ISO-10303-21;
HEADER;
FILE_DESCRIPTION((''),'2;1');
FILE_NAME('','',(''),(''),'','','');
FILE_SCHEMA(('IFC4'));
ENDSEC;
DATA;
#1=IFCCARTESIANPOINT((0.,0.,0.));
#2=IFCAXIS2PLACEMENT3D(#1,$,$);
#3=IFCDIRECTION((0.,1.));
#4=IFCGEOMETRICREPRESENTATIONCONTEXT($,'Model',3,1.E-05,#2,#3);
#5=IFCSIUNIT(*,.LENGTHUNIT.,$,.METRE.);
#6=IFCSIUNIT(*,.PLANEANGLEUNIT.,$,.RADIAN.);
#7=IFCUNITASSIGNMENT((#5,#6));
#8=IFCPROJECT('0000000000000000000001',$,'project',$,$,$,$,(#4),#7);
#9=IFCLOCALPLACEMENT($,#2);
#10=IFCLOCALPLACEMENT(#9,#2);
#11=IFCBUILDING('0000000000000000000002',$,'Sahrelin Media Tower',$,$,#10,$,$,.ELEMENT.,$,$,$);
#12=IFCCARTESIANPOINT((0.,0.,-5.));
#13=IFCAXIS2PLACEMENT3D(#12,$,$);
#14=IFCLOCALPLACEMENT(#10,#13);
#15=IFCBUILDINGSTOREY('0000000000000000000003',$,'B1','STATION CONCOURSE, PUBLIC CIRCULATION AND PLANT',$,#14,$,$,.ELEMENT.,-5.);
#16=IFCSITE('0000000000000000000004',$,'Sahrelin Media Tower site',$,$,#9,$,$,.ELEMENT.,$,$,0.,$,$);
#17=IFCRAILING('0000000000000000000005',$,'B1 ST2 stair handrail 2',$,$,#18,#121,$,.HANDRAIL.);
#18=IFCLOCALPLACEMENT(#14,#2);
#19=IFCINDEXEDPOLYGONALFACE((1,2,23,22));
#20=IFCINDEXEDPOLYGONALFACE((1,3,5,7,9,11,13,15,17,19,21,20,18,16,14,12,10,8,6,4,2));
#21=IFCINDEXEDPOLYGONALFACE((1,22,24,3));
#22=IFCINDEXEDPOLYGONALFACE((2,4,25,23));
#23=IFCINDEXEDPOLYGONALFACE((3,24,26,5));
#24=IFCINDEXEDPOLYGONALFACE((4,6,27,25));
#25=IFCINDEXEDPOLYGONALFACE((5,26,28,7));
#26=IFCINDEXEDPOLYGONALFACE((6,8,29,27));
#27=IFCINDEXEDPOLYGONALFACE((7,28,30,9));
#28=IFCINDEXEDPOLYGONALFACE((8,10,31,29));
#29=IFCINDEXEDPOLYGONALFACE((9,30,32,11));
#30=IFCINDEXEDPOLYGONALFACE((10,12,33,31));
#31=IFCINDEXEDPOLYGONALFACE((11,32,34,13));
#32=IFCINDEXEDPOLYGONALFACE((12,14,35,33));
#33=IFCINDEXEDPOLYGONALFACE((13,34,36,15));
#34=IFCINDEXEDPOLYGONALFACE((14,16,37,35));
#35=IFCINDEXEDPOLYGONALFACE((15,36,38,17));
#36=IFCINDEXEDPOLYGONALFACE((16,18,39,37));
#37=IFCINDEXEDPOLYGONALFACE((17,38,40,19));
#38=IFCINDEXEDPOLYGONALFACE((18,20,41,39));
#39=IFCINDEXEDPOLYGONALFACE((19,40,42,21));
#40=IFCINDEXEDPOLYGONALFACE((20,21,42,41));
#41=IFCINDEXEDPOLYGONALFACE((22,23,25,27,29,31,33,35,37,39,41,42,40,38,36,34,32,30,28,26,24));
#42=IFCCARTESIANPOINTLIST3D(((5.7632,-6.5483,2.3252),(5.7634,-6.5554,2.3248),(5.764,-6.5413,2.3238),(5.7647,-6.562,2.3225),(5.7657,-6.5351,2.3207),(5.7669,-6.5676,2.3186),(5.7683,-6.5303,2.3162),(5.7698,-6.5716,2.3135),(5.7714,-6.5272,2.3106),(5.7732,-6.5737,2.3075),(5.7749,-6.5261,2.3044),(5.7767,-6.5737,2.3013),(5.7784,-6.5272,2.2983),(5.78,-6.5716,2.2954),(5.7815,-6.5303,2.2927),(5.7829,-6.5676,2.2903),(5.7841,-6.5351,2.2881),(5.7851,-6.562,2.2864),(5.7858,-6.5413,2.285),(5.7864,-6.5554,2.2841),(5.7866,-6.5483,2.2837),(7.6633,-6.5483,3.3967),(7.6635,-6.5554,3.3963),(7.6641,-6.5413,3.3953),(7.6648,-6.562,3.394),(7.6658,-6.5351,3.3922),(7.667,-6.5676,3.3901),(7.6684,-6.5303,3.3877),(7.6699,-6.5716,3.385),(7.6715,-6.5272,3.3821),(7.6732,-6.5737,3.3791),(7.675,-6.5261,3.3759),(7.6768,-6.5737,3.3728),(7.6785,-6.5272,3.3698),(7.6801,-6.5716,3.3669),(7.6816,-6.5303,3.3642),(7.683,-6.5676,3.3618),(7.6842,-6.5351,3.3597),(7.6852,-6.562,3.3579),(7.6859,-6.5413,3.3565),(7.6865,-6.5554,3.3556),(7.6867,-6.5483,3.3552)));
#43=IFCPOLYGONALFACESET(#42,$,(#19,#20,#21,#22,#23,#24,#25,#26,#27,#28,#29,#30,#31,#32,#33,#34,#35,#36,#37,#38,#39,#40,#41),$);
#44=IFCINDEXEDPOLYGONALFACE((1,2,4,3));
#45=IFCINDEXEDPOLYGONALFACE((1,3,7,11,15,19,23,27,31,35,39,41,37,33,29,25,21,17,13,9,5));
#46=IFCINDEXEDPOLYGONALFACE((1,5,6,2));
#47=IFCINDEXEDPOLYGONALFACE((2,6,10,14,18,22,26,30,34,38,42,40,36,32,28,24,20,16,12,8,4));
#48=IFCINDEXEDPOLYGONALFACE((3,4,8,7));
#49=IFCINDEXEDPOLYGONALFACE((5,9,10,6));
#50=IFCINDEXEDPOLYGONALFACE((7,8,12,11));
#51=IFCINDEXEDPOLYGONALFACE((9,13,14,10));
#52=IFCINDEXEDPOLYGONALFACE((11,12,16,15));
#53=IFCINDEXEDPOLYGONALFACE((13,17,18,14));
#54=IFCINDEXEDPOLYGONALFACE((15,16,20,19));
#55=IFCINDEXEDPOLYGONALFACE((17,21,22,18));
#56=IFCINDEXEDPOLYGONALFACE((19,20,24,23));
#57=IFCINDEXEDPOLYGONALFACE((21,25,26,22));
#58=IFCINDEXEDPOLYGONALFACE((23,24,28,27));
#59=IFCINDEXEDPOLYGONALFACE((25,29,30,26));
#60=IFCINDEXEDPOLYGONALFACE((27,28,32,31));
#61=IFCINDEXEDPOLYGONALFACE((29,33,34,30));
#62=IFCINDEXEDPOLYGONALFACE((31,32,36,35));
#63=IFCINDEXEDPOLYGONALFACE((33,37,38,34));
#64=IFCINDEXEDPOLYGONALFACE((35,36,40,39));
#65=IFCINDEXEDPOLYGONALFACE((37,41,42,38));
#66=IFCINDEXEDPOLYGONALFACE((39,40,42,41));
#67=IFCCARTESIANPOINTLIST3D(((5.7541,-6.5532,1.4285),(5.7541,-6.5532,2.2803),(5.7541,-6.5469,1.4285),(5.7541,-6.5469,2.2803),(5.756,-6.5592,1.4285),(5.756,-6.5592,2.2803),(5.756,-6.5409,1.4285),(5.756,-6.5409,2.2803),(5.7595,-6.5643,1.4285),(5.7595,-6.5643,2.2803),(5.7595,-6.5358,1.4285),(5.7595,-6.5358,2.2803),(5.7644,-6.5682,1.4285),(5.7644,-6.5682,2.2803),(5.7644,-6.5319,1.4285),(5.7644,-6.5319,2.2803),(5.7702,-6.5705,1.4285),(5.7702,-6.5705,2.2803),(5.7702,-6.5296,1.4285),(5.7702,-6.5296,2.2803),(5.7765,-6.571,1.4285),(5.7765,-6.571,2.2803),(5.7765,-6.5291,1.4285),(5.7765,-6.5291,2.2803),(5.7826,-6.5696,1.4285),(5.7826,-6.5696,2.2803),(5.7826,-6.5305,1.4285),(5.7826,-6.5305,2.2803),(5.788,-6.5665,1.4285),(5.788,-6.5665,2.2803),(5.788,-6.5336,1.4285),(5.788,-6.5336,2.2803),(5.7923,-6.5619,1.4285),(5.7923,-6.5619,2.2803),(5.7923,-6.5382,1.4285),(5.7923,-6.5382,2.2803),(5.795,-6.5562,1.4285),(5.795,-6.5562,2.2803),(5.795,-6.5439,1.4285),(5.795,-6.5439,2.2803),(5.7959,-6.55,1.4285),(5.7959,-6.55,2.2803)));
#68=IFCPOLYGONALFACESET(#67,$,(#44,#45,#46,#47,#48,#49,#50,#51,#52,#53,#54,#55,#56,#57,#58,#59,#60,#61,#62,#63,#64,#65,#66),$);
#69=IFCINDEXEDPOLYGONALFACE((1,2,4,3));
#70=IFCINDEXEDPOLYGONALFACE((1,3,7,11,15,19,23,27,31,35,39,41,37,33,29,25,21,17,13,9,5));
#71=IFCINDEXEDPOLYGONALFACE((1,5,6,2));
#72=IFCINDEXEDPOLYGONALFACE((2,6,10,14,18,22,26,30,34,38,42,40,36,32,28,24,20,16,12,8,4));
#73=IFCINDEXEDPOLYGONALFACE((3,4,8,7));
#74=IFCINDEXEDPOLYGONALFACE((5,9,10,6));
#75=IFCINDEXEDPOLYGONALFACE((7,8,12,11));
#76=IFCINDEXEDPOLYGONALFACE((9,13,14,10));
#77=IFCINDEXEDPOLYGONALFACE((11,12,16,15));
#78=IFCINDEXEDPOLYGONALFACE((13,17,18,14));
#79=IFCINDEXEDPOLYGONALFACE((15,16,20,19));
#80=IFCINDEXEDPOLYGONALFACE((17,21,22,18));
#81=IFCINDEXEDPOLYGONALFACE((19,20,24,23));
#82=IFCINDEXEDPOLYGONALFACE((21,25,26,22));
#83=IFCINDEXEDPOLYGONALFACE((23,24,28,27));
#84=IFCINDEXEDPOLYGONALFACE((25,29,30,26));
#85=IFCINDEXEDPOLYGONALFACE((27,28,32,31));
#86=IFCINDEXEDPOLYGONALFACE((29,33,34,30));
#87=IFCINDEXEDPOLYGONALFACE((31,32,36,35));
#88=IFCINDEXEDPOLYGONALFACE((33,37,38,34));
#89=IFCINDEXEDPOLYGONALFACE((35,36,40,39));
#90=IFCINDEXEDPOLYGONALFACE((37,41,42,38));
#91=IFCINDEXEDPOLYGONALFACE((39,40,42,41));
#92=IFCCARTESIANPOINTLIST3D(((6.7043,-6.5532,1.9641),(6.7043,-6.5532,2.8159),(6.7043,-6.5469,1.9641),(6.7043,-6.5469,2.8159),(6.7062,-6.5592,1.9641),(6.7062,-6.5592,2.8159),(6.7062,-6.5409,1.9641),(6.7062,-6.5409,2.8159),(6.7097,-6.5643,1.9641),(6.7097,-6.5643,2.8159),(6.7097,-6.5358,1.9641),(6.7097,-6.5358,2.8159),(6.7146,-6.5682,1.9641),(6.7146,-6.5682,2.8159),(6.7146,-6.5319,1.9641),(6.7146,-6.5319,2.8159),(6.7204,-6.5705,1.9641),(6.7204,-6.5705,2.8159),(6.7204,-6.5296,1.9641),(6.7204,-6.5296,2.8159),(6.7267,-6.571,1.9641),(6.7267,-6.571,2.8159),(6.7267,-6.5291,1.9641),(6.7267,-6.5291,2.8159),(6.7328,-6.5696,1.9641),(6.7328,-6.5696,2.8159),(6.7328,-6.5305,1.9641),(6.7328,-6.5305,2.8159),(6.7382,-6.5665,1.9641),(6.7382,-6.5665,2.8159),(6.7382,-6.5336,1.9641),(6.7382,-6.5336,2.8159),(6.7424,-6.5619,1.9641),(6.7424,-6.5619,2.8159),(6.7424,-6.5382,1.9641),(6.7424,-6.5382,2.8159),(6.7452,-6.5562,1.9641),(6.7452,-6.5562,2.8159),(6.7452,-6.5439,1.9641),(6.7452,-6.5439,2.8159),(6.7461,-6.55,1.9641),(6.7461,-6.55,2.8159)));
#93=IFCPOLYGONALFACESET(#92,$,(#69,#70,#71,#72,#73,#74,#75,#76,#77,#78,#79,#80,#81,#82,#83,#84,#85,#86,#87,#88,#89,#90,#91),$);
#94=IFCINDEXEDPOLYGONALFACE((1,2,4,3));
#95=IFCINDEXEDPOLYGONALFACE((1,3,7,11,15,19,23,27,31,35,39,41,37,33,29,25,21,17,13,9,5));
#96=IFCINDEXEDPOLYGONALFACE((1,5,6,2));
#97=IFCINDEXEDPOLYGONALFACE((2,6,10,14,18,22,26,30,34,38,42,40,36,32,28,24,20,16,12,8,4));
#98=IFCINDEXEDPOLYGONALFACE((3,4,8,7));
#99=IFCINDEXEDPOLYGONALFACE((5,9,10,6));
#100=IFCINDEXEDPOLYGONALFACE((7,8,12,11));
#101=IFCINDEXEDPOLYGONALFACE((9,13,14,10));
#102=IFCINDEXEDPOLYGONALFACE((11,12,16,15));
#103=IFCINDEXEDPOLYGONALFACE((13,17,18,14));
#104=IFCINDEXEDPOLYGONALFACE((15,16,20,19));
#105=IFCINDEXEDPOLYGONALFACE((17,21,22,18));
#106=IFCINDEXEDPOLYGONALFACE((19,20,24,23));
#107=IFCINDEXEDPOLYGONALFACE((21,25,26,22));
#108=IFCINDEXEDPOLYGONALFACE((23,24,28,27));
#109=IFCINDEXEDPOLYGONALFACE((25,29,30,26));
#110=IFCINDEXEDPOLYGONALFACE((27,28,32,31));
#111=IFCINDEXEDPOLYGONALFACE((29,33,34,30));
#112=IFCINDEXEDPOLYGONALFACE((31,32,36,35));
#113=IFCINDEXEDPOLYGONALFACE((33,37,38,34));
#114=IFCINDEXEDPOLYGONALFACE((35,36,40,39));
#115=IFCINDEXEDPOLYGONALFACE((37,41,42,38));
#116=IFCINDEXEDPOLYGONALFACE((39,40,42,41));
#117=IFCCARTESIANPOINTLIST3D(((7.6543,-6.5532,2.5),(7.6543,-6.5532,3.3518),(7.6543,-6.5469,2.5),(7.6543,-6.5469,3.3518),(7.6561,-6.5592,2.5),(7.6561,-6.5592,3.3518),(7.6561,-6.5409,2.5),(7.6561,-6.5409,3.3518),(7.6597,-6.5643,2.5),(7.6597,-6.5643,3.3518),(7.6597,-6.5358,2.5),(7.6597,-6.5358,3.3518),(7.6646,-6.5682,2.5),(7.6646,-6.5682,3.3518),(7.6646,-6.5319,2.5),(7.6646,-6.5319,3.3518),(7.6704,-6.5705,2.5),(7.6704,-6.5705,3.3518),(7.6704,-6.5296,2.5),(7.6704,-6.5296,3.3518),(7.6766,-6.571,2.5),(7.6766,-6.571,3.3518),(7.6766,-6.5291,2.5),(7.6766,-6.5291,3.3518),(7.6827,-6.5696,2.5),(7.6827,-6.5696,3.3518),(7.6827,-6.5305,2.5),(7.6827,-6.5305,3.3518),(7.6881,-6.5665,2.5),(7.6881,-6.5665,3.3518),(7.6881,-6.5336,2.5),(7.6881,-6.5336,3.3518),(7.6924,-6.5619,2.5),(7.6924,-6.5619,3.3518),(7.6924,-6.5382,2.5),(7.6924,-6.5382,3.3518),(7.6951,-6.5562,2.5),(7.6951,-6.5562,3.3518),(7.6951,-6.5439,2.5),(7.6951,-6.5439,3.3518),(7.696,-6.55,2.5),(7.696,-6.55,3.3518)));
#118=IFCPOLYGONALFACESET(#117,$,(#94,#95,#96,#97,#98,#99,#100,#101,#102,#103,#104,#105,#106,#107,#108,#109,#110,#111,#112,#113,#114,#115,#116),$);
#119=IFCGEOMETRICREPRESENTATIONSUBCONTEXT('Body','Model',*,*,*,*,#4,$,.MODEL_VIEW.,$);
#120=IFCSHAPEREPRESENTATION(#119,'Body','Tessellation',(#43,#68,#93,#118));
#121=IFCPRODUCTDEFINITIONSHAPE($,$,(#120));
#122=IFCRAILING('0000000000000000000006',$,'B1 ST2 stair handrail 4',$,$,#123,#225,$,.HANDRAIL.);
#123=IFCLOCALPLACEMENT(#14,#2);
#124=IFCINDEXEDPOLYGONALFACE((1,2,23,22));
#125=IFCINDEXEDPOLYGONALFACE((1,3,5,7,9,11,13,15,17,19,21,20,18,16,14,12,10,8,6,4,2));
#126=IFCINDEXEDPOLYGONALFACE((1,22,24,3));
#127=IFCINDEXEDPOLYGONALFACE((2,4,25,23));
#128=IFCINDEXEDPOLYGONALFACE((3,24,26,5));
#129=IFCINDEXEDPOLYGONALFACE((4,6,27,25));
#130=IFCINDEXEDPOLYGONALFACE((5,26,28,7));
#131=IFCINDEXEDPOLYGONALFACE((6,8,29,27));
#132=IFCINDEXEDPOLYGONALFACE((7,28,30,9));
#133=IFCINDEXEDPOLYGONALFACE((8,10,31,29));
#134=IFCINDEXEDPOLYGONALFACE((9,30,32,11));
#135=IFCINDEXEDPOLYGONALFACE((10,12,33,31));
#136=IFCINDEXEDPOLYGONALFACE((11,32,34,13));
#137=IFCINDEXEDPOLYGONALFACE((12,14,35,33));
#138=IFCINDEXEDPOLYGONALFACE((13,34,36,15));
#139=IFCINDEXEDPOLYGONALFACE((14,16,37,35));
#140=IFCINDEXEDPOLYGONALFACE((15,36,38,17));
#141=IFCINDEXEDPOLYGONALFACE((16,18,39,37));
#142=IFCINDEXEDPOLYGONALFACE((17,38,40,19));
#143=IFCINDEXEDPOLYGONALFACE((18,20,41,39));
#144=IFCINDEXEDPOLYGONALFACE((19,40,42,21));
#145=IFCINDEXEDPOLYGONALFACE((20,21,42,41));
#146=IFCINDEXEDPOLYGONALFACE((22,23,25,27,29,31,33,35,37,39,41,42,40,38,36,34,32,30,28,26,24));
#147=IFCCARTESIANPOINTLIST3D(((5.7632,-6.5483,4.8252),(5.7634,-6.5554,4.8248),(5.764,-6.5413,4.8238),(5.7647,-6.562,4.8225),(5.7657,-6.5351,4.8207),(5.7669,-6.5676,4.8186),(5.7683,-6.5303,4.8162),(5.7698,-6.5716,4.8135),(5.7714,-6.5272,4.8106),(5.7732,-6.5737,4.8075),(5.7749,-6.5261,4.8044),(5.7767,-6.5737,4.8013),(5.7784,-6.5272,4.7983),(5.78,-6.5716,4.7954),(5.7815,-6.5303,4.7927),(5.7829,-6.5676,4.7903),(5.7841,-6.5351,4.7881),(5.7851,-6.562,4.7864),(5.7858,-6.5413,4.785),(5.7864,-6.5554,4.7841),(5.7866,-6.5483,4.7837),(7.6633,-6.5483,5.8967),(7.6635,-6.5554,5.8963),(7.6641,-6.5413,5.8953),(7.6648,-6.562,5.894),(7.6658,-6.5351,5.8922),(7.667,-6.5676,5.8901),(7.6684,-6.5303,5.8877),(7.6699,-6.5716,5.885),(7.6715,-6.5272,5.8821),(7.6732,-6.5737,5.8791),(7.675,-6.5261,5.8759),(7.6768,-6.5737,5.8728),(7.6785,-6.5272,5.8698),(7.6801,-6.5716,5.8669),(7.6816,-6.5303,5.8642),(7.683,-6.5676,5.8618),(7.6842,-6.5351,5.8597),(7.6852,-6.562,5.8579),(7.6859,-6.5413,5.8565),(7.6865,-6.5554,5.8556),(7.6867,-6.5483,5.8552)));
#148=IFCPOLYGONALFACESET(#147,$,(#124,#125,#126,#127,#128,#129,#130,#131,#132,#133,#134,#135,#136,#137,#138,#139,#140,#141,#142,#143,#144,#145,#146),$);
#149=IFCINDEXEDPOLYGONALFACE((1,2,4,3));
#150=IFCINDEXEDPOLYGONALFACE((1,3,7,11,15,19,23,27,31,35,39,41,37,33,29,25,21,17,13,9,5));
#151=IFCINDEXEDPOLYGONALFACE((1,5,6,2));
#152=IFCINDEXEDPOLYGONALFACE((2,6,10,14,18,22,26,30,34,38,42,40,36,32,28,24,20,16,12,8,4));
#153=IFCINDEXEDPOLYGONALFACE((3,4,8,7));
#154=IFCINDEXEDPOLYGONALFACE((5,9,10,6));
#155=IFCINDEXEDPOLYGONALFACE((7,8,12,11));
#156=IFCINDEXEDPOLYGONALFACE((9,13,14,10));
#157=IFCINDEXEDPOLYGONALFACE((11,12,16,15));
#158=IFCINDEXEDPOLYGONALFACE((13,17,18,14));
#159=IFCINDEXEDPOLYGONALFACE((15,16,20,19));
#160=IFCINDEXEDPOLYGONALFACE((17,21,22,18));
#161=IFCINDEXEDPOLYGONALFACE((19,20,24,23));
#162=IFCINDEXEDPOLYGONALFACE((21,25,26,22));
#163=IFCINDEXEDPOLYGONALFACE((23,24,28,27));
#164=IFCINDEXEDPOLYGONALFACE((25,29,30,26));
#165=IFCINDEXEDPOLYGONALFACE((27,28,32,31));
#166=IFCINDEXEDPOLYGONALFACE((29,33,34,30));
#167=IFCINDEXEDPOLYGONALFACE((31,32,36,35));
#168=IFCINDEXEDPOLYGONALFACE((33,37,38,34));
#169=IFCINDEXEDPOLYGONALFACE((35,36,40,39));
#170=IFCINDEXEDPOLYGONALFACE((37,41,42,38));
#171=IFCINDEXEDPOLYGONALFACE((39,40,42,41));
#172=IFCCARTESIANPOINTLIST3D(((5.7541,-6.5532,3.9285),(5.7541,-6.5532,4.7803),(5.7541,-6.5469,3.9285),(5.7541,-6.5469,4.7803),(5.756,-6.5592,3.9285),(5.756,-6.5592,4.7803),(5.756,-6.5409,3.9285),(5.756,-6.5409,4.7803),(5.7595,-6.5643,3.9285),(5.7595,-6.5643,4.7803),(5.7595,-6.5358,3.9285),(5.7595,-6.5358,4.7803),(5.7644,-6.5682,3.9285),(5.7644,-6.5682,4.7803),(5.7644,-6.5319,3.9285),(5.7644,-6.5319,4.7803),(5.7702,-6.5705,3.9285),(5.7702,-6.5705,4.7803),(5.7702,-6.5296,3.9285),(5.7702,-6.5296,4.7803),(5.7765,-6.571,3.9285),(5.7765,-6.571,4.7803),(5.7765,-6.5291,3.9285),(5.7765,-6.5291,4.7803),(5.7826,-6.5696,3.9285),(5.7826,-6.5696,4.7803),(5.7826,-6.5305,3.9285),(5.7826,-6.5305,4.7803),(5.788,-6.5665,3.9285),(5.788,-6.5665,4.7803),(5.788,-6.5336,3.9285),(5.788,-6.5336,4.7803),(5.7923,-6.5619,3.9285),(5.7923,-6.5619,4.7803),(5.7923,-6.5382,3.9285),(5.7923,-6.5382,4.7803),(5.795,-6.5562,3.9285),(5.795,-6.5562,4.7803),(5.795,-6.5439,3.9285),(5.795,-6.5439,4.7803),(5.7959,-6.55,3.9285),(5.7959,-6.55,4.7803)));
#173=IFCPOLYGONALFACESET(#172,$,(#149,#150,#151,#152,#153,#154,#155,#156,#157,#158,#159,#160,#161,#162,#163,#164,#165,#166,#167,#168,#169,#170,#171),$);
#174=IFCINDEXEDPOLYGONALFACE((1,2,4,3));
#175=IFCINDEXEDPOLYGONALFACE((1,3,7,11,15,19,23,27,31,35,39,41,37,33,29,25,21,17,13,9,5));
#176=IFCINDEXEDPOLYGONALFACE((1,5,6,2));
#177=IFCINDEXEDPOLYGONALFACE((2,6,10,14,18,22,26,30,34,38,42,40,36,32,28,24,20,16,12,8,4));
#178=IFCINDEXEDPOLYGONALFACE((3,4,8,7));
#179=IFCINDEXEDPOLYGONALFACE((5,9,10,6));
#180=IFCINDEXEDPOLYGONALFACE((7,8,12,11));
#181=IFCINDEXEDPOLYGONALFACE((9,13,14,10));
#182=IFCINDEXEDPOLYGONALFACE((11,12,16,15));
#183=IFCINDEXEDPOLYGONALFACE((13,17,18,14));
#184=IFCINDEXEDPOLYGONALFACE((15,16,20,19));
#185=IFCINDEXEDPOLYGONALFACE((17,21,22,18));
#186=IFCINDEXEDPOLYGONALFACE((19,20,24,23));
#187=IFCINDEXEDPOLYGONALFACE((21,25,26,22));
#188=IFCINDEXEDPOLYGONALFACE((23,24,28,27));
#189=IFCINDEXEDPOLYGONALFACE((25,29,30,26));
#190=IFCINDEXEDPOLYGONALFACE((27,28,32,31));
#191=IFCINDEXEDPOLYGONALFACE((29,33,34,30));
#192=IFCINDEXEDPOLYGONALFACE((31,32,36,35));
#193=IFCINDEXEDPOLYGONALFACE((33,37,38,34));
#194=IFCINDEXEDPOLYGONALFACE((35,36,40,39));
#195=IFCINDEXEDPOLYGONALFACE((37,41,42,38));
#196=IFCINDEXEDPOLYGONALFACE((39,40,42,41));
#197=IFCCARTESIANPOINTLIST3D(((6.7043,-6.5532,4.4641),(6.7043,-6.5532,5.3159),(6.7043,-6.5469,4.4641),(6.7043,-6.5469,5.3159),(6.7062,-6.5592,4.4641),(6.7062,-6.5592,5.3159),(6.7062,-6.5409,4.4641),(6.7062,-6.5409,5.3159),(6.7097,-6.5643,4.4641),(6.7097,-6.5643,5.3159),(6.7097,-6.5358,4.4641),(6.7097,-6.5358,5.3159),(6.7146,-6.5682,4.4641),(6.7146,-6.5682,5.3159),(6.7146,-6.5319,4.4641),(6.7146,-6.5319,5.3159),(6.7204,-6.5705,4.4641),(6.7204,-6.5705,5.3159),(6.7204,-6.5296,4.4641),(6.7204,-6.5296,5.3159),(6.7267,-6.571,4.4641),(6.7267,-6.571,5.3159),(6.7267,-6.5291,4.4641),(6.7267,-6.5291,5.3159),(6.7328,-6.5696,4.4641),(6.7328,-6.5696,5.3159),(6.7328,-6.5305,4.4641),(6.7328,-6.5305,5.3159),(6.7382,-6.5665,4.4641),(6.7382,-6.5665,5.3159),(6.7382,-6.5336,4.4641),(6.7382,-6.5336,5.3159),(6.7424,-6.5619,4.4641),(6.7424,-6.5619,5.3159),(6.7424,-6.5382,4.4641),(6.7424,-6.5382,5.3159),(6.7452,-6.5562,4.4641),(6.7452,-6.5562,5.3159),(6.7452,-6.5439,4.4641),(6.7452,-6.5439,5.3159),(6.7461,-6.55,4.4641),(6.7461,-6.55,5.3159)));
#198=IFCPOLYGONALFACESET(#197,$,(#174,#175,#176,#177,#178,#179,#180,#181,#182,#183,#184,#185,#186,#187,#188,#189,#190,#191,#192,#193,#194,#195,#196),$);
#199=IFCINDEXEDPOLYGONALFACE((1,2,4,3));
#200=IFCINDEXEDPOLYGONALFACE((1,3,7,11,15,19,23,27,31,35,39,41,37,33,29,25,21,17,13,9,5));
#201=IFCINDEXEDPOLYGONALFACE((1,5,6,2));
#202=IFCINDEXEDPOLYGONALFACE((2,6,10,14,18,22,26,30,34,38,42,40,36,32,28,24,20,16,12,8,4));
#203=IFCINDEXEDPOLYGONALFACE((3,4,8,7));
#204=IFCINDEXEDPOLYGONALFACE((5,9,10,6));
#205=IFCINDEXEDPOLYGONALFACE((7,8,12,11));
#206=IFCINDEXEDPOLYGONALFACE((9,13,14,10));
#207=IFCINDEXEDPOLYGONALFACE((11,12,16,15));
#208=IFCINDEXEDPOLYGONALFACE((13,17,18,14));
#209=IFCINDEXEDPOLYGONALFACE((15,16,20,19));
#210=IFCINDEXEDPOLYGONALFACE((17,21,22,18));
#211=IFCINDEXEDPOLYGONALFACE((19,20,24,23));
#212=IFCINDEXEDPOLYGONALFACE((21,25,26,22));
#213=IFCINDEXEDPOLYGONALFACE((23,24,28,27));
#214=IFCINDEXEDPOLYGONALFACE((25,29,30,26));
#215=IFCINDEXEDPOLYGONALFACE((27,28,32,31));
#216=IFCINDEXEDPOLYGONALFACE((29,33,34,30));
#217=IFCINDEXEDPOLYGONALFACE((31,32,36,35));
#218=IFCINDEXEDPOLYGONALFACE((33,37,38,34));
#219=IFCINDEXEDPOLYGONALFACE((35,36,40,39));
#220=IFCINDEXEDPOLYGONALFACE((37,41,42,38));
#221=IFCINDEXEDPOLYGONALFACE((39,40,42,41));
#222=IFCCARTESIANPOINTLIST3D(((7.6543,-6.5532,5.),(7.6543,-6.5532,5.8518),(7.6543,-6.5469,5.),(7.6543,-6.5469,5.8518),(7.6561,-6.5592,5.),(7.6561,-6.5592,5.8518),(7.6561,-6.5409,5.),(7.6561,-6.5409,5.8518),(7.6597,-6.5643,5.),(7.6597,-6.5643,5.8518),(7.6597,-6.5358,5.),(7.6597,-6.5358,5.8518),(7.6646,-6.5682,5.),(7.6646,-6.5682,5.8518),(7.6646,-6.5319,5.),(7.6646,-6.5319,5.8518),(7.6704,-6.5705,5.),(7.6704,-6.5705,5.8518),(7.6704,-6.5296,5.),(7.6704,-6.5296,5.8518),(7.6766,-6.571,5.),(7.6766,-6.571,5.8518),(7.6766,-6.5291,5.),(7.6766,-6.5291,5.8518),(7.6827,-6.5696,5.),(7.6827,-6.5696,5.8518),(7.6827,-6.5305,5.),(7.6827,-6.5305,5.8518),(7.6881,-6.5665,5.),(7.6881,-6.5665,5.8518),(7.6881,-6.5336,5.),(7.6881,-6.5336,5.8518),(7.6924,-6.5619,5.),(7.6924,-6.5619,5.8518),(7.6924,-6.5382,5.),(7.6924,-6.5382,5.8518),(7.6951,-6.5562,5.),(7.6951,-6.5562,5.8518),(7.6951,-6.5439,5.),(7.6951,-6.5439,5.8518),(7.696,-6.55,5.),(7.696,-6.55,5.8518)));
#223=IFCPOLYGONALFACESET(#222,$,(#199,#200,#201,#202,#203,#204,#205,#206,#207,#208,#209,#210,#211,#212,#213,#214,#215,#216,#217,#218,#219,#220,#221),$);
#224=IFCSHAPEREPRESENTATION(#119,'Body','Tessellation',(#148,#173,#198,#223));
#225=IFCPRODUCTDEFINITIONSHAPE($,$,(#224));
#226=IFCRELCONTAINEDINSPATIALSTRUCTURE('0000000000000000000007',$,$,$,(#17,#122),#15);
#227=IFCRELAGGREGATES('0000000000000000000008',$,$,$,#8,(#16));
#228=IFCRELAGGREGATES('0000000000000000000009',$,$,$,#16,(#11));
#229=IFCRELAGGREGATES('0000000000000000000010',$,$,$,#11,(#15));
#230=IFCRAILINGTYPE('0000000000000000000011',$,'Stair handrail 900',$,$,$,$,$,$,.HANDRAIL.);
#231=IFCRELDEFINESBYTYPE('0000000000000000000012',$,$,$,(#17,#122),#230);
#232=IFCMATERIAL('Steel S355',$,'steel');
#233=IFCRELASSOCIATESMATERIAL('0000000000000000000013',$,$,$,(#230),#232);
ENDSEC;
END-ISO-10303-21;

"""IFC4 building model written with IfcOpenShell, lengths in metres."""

from ifc_helpers import new_model, si_unit, direction, frame, origin, origin_2d, place, context, subcontext, project, spatial, circle, extrude, material, type_object, element, save


model = new_model("IFC4")

# Units and contexts
model_context = context("Model", 3, precision=1e-05, world=origin(), true_north=direction((0.0, 1.0)))
body_context = subcontext(model_context, "Body", "Model", "MODEL_VIEW")
ifc_project = project(units=[si_unit("LENGTHUNIT", "METRE"), si_unit("PLANEANGLEUNIT", "RADIAN")], contexts=[model_context])

# Site, building, storey
site_placement = place(None, origin())
site = spatial("IfcSite", under=ifc_project, at=site_placement, Name="Sahrelin Media Tower site", CompositionType="ELEMENT", RefElevation=0.0)
building_placement = place(site_placement, origin())
building = spatial("IfcBuilding", under=site, at=building_placement, Name="Sahrelin Media Tower", CompositionType="ELEMENT")
storey_placement = place(building_placement, frame((0.0, 0.0, -5.0)))
storey = spatial("IfcBuildingStorey", under=building, at=storey_placement, Name="B1", Description="STATION CONCOURSE, PUBLIC CIRCULATION AND PLANT", CompositionType="ELEMENT", Elevation=-5.0)

# Railings
ifc_material_1 = material(Name="Steel S355", Category="steel")
railing_type_1 = type_object("IfcRailingType", Name="Stair handrail 900", PredefinedType="HANDRAIL", material=ifc_material_1)
for number, where, name in (
    (1, (5.7749, -6.55, 1.4285), "B1 ST2 stair handrail 2"),
    (2, (5.7749, -6.55, 3.9285), "B1 ST2 stair handrail 4"),
):
    element("IfcRailing", number, at=place(storey_placement, frame(where)), inside=storey, type_object=railing_type_1, Name=name, PredefinedType="HANDRAIL", context=body_context, shape_type="SweptSolid", body=[
        extrude(circle(Radius=0.0239, at=origin_2d()), frame((0.0, 0.0, 0.876), z_axis=(0.871046, 0.0, 0.491201), x_axis=(0.0, 1.0, 0.0)), (0.0, 0.0, 1.0), 2.1814),
        extrude(circle(Radius=0.021, at=origin_2d()), origin(), (0.0, 0.0, 1.0), 0.8518),
        extrude(circle(Radius=0.021, at=origin_2d()), frame((0.9502, 0.0, 0.5356)), (0.0, 0.0, 1.0), 0.8518),
        extrude(circle(Radius=0.021, at=origin_2d()), frame((1.9001, 0.0, 1.0715)), (0.0, 0.0, 1.0), 0.8518),
    ])

save(model, "model.ifc")
